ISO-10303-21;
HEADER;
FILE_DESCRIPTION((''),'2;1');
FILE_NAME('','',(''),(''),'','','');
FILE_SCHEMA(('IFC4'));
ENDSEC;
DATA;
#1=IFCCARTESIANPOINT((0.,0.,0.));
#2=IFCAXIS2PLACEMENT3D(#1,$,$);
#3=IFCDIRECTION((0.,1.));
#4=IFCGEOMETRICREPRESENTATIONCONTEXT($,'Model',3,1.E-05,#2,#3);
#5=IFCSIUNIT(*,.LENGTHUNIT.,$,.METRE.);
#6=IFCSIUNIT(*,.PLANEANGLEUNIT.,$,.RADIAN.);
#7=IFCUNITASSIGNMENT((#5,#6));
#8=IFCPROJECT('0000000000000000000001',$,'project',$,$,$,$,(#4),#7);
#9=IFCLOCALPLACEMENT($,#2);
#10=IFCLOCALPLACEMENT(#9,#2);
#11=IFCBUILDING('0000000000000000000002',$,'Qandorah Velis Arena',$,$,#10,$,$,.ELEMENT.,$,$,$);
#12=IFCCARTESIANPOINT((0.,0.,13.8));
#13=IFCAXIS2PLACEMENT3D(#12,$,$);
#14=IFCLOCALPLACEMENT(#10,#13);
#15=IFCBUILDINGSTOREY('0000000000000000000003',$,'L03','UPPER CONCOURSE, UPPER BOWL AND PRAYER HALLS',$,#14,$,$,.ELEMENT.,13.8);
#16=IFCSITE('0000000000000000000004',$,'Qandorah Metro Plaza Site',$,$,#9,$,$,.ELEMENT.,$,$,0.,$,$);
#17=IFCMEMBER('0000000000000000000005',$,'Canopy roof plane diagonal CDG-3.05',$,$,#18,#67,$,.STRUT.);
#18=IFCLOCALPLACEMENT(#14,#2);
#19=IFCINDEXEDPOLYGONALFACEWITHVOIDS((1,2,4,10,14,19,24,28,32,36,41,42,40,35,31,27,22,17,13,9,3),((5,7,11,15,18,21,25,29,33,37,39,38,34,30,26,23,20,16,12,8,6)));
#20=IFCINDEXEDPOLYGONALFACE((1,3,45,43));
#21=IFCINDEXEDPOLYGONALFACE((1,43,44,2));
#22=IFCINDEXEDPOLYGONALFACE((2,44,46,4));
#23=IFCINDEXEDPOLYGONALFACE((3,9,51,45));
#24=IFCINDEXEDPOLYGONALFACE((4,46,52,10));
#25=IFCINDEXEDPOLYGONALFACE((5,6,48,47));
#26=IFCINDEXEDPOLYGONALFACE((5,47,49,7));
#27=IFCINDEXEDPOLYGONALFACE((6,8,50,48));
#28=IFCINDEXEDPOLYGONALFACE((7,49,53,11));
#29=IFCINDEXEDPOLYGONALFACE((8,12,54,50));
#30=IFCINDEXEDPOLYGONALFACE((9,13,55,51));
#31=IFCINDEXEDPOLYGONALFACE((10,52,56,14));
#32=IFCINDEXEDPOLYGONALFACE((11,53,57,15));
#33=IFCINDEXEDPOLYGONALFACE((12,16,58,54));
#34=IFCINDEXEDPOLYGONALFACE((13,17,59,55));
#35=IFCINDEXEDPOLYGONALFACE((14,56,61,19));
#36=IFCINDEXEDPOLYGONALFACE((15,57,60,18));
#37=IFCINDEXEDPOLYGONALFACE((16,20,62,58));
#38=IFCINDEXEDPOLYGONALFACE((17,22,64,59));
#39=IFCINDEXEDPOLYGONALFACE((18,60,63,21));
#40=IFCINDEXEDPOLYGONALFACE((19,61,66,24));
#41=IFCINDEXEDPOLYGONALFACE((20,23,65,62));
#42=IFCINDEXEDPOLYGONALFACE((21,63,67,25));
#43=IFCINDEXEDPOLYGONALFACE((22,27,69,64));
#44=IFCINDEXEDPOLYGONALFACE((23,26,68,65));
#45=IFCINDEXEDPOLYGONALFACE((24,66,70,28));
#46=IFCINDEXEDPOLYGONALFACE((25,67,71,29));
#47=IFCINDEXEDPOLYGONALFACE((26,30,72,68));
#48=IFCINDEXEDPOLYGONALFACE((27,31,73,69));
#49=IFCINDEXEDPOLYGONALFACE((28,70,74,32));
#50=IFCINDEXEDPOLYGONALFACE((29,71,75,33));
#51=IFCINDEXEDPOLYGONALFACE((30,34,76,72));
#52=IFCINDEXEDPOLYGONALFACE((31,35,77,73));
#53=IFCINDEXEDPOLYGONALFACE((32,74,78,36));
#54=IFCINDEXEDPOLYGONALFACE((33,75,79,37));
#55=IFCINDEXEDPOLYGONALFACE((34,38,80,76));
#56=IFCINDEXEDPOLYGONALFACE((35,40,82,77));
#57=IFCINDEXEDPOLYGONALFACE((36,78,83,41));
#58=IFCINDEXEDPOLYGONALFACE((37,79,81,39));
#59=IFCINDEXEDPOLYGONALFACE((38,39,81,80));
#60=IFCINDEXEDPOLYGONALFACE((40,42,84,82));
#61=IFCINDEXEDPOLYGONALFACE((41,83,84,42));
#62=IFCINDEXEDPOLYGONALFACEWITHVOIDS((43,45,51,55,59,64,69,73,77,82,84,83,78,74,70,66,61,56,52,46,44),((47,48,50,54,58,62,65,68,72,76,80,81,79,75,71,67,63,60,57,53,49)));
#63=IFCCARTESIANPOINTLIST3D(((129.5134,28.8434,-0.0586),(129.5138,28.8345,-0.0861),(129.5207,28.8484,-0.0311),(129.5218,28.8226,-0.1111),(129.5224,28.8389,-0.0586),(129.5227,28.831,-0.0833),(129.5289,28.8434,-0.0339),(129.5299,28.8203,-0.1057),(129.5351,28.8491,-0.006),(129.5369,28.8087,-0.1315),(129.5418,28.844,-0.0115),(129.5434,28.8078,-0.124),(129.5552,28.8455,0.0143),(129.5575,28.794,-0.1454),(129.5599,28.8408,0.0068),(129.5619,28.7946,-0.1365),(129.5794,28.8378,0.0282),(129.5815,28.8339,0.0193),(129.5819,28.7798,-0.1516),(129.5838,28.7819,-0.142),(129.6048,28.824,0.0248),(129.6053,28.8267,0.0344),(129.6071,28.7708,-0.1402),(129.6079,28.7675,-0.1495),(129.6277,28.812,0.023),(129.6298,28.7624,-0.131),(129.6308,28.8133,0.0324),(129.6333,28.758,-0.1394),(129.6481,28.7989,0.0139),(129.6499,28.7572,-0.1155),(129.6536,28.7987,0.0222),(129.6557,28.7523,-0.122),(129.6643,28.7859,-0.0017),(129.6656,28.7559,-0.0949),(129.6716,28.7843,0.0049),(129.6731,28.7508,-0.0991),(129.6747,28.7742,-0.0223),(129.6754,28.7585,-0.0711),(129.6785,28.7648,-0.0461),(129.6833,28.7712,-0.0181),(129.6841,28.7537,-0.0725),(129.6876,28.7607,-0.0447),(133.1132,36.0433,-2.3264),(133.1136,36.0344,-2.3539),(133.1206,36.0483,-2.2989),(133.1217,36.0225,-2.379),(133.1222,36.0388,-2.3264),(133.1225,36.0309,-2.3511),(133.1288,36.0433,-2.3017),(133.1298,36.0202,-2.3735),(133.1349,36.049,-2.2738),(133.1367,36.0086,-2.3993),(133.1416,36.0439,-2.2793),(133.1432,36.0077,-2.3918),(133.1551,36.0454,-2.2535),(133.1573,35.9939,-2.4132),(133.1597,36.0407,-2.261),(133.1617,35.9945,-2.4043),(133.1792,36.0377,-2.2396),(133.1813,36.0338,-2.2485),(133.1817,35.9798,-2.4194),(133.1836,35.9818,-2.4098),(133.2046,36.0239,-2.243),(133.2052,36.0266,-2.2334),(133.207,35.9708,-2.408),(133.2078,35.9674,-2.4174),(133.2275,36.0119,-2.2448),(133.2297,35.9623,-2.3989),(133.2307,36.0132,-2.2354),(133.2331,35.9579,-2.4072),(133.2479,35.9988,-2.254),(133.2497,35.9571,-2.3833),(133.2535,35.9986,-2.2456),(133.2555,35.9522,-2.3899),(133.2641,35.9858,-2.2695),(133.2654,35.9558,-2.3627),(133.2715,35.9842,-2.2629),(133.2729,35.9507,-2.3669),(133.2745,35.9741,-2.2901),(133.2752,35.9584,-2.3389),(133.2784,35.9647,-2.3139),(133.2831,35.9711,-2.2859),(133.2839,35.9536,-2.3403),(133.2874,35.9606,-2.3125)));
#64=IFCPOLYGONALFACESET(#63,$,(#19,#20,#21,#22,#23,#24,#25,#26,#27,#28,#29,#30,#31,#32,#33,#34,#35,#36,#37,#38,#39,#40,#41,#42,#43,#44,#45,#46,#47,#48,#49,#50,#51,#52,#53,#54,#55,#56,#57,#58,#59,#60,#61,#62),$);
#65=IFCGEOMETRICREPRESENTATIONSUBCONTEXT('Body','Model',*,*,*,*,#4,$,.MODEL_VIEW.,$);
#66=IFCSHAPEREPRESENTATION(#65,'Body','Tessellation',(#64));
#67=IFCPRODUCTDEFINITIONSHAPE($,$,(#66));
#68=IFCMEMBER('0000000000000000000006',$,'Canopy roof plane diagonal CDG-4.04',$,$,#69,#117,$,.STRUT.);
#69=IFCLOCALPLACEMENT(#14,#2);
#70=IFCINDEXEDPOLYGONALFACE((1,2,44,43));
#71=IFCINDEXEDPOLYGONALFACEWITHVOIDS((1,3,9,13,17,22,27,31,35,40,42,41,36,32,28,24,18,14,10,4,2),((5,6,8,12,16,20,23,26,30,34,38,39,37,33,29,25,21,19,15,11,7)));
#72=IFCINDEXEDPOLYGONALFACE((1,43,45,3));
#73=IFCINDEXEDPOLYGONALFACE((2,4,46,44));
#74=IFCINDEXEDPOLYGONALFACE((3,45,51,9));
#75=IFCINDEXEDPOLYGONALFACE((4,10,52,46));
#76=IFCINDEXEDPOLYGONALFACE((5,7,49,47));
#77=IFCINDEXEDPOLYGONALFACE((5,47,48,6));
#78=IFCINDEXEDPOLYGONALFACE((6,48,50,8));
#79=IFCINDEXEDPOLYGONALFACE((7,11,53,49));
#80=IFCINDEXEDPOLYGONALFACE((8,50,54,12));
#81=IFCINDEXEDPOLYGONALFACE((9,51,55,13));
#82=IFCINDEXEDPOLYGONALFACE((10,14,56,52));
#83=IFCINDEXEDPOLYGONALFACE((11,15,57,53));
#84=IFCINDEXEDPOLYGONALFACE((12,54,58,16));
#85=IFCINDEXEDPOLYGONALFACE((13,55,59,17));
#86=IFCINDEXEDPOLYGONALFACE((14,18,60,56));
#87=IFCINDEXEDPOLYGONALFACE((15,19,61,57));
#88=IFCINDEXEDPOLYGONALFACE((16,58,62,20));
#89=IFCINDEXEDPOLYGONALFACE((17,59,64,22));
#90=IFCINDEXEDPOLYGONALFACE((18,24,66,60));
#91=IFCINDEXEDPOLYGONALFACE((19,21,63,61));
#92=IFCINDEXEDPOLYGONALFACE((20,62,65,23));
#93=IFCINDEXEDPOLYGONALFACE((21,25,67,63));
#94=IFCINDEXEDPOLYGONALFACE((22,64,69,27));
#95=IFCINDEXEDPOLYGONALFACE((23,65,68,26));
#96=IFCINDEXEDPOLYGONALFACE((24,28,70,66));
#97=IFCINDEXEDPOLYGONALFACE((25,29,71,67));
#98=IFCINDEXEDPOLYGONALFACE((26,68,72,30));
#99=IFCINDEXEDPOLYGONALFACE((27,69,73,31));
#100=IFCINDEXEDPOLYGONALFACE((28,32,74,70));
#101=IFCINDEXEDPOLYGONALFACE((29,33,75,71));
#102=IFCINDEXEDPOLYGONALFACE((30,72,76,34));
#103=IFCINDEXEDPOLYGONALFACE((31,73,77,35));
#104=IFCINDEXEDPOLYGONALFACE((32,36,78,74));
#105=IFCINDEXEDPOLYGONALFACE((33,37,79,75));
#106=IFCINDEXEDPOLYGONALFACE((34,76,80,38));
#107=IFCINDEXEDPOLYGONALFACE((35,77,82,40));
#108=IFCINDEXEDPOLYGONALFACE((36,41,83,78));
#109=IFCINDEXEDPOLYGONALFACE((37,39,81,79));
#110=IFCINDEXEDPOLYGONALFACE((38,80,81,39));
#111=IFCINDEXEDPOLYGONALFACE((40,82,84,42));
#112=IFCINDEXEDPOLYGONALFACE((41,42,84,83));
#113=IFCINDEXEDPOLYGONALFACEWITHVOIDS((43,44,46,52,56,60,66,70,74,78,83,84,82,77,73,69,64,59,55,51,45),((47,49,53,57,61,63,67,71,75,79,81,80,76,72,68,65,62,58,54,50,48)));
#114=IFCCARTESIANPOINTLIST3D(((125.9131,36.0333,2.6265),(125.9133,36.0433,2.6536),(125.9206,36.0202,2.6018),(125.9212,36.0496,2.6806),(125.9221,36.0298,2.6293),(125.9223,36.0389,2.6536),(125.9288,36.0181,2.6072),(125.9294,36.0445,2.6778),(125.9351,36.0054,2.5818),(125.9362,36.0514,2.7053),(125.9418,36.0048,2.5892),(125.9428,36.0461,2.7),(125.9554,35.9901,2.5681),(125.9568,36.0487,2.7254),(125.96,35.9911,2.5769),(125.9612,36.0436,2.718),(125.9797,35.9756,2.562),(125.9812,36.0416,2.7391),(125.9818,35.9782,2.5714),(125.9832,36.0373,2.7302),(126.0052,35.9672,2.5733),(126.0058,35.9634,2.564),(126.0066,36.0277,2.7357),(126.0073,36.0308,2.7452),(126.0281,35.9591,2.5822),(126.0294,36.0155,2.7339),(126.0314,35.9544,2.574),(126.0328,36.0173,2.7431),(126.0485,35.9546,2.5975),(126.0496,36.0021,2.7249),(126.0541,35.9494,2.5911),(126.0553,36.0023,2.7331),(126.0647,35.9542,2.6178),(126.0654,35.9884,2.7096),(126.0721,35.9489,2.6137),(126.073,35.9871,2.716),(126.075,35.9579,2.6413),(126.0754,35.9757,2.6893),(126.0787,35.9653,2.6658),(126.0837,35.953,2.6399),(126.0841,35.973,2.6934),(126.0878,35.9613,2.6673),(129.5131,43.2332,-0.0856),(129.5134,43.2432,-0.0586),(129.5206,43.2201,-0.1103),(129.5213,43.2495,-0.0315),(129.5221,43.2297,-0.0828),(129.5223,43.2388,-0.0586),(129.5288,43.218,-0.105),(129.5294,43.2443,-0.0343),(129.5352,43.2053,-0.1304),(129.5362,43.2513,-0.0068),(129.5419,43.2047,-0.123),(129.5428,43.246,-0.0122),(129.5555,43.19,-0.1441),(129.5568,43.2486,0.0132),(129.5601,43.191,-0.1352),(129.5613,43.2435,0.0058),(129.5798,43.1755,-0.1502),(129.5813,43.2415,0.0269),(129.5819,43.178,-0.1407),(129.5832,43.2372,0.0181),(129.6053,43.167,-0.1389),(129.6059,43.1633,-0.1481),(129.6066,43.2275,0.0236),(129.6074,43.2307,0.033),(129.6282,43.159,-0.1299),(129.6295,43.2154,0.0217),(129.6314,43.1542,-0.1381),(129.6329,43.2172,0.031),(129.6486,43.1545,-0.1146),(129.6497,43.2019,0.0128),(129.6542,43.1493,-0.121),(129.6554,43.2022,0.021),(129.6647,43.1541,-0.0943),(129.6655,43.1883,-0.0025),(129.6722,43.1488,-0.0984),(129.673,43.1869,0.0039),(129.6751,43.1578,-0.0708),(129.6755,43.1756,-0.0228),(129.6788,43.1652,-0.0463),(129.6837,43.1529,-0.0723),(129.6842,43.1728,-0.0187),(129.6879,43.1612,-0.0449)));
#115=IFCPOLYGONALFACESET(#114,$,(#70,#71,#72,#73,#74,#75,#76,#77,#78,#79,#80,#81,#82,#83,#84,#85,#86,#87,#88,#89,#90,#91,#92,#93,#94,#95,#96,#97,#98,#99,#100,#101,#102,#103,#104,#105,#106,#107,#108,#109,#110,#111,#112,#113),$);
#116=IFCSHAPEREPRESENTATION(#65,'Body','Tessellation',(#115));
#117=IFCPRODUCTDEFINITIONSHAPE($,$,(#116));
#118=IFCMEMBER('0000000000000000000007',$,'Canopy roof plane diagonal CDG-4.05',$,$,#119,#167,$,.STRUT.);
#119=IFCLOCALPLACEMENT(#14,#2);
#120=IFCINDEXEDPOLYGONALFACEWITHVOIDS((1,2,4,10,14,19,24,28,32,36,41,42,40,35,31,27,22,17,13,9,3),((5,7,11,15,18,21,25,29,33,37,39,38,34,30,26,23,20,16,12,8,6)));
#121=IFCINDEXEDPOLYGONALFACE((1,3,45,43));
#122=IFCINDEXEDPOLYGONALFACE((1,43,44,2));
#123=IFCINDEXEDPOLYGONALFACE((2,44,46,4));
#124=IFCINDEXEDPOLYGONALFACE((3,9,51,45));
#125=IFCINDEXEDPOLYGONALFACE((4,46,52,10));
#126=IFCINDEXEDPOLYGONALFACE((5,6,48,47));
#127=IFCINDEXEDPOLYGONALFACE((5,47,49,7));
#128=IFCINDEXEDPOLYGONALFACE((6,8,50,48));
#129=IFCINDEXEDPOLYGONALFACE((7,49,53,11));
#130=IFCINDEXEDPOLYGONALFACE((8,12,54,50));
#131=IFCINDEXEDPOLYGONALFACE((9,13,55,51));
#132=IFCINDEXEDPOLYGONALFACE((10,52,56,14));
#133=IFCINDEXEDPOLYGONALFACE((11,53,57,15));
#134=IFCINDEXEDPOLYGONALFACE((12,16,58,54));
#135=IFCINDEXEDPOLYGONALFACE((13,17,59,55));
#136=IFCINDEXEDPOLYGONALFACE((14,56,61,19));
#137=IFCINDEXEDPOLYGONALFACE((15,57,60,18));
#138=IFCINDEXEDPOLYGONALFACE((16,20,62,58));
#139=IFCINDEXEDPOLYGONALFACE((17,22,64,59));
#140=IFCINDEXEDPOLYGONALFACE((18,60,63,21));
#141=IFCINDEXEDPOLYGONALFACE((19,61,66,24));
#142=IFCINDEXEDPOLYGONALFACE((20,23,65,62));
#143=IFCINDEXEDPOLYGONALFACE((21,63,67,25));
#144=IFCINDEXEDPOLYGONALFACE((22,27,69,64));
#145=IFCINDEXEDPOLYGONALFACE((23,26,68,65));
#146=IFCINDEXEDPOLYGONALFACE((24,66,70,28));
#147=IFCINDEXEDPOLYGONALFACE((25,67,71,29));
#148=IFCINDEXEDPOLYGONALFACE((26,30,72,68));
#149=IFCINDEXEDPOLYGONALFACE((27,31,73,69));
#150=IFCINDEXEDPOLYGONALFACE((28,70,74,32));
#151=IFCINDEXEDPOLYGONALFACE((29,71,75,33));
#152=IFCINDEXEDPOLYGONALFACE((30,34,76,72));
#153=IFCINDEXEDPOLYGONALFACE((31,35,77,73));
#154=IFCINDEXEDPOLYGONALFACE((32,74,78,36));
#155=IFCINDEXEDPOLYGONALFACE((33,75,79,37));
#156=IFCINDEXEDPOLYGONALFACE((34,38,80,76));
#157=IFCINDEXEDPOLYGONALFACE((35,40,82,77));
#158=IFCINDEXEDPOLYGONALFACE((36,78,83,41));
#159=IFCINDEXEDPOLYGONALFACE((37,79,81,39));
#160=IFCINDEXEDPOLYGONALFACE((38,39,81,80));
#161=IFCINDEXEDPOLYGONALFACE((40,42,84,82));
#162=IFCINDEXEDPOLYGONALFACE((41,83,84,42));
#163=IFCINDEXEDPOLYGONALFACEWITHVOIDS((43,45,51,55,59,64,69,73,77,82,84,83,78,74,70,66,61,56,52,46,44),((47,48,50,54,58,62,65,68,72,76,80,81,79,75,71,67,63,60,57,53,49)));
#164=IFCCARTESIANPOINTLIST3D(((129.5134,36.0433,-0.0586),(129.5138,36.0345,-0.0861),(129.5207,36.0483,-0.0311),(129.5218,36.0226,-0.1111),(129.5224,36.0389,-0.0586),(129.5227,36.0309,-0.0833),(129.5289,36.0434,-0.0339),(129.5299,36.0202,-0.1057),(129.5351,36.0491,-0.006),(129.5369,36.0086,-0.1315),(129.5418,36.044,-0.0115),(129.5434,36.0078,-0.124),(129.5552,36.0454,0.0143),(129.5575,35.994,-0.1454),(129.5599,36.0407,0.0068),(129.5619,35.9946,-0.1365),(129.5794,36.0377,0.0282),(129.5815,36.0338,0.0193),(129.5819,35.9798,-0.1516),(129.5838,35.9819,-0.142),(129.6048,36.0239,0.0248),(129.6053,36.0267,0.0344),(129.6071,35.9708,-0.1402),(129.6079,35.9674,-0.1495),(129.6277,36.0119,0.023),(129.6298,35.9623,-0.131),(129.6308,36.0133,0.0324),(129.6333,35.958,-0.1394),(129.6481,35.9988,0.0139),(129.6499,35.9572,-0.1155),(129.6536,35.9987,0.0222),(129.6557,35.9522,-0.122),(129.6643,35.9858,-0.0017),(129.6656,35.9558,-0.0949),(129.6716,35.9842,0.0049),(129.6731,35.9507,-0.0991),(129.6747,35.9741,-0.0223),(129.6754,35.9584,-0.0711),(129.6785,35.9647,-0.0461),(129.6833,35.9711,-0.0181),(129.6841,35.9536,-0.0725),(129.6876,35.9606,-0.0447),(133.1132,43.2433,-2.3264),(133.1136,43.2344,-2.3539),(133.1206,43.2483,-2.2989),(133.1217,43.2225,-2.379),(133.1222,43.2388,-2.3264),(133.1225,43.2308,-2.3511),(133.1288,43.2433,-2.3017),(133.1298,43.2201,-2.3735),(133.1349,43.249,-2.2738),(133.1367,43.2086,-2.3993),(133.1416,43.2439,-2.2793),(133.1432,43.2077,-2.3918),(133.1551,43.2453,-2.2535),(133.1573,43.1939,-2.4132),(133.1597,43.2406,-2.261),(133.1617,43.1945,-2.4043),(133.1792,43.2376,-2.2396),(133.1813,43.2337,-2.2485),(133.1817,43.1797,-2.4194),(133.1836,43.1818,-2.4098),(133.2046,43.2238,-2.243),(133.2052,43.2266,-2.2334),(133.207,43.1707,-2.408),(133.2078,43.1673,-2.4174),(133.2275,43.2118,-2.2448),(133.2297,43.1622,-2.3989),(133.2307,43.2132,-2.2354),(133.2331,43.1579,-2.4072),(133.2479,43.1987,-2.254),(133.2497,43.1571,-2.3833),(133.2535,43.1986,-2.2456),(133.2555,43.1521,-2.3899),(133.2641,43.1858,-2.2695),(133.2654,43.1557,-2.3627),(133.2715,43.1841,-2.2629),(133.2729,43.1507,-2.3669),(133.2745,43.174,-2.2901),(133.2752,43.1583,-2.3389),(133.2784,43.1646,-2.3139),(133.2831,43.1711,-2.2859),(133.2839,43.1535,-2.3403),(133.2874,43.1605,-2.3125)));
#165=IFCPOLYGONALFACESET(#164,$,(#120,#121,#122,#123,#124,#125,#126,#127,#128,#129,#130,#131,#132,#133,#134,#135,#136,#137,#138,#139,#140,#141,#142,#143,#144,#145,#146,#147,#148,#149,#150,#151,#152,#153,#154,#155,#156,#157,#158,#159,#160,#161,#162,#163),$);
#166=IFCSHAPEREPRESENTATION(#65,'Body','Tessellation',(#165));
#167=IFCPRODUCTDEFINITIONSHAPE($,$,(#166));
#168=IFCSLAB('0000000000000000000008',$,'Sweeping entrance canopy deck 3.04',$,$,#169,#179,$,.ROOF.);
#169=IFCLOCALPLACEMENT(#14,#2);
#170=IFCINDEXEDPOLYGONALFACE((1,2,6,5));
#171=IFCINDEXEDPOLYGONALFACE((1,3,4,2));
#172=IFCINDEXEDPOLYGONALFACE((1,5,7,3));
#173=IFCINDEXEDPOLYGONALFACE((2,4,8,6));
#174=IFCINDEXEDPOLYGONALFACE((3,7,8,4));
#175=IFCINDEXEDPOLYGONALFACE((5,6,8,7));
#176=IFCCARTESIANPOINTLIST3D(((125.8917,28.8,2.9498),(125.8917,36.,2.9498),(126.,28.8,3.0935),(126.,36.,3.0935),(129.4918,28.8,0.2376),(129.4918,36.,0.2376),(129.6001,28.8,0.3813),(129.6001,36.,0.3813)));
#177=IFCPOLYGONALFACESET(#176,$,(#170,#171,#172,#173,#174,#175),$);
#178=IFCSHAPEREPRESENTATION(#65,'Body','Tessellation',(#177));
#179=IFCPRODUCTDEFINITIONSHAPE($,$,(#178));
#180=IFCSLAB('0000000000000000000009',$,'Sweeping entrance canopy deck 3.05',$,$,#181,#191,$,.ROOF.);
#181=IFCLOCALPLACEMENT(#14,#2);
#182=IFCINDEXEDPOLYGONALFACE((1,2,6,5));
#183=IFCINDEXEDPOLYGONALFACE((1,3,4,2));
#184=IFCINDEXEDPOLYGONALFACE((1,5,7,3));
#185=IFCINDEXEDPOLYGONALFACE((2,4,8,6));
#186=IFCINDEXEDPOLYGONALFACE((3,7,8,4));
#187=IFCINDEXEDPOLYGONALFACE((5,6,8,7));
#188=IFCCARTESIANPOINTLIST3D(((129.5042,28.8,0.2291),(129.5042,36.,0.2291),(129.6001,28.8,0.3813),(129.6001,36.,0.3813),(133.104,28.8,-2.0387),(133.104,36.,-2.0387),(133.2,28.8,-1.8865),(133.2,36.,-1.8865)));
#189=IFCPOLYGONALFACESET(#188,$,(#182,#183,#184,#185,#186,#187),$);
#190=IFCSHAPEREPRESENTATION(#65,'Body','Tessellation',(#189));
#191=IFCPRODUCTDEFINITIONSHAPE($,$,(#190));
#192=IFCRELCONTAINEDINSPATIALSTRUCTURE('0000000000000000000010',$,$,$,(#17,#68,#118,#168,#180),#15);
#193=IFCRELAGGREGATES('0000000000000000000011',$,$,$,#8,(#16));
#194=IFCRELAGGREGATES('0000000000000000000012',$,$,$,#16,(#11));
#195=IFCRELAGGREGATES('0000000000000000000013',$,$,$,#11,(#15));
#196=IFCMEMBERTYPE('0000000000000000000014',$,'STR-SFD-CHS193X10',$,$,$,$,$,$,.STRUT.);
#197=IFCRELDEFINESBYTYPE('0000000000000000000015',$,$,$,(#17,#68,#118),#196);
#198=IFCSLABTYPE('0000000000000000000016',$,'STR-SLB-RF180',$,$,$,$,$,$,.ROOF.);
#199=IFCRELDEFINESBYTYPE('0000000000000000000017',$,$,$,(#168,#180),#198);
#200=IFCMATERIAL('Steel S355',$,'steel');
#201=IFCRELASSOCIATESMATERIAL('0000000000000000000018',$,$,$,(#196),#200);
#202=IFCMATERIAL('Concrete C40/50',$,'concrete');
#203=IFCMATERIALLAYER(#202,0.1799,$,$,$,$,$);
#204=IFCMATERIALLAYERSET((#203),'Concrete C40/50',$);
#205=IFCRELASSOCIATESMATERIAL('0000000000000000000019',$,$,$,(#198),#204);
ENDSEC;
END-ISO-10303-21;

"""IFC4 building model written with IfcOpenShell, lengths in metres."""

from ifc_helpers import new_model, si_unit, direction, frame, origin, origin_2d, place, context, subcontext, project, spatial, polyline, hollow_circle, outline, extrude, material, layer, layer_set, material_profile, profile_set, type_object, element, save


model = new_model("IFC4")

# Units and contexts
model_context = context("Model", 3, precision=1e-05, world=origin(), true_north=direction((0.0, 1.0)))
body_context = subcontext(model_context, "Body", "Model", "MODEL_VIEW")
ifc_project = project(units=[si_unit("LENGTHUNIT", "METRE"), si_unit("PLANEANGLEUNIT", "RADIAN")], contexts=[model_context])

# Site, building, storey
site_placement = place(None, origin())
site = spatial("IfcSite", under=ifc_project, at=site_placement, Name="Qandorah Metro Plaza Site", CompositionType="ELEMENT", RefElevation=0.0)
building_placement = place(site_placement, origin())
building = spatial("IfcBuilding", under=site, at=building_placement, Name="Qandorah Velis Arena", CompositionType="ELEMENT")
storey_placement = place(building_placement, frame((0.0, 0.0, 13.8)))
storey = spatial("IfcBuildingStorey", under=building, at=storey_placement, Name="L03", Description="UPPER CONCOURSE, UPPER BOWL AND PRAYER HALLS", CompositionType="ELEMENT", Elevation=13.8)

# Shared definitions
ifc_material_1 = material(Name="Concrete C40/50", Category="concrete")

# Shared definitions
ifc_material_2 = material(Name="Steel S355", Category="steel")

# Members
ifc_material_profile_1 = material_profile(ifc_material_2, hollow_circle(Radius=0.0969, WallThickness=0.01, at=origin_2d()), Name="CHS 193.7x10")
ifc_profile_set_1 = profile_set([ifc_material_profile_1], Name="Steel S355")
member_type_1 = type_object("IfcMemberType", Name="STR-SFD-CHS193X10", PredefinedType="STRUT", material=ifc_profile_set_1)
member_1_placement = place(storey_placement, frame((129.6001, 28.8, -0.0586), z_axis=(0.430445, 0.86092, -0.27117), x_axis=(-0.894433, 0.447201, 0.0)))
element("IfcMember", 1, at=member_1_placement, inside=storey, type_object=member_type_1, Name="Canopy roof plane diagonal CDG-3.05", PredefinedType="STRUT", context=body_context, shape_type="SweptSolid", body=[
    extrude(hollow_circle(Radius=0.0969, WallThickness=0.01, at=origin_2d()), origin(), (0.0, 0.0, 1.0), 8.363),
])
member_2_placement = place(storey_placement, frame((126.0, 36.0, 2.6536), z_axis=(0.423817, 0.847606, -0.319286), x_axis=(-0.894421, 0.447226, 0.0)))
element("IfcMember", 2, at=member_2_placement, inside=storey, type_object=member_type_1, Name="Canopy roof plane diagonal CDG-4.04", PredefinedType="STRUT", context=body_context, shape_type="SweptSolid", body=[
    extrude(hollow_circle(Radius=0.0969, WallThickness=0.01, at=origin_2d()), origin(), (0.0, 0.0, 1.0), 8.4944),
])
member_3_placement = place(storey_placement, frame((129.6001, 36.0, -0.0586), z_axis=(0.430445, 0.86092, -0.27117), x_axis=(-0.894433, 0.447201, 0.0)))
element("IfcMember", 3, at=member_3_placement, inside=storey, type_object=member_type_1, Name="Canopy roof plane diagonal CDG-4.05", PredefinedType="STRUT", context=body_context, shape_type="SweptSolid", body=[
    extrude(hollow_circle(Radius=0.0969, WallThickness=0.01, at=origin_2d()), origin(), (0.0, 0.0, 1.0), 8.363),
])

# Slabs
ifc_layer_1 = layer(ifc_material_1, 0.1799)
ifc_layer_set_1 = layer_set([ifc_layer_1], Name="Concrete C40/50")
slab_type = type_object("IfcSlabType", Name="STR-SLB-RF180", PredefinedType="ROOF", material=ifc_layer_set_1)
slab_1_placement = place(storey_placement, frame((126.0, 28.8, 3.0935), z_axis=(0.601715, 0.0, 0.798711), x_axis=(0.798711, 0.0, -0.601715)))
element("IfcSlab", 4, at=slab_1_placement, inside=storey, type_object=slab_type, Name="Sweeping entrance canopy deck 3.04", PredefinedType="ROOF", context=body_context, shape_type="SweptSolid", body=[
    extrude(outline(polyline([(0.0, 0.0), (4.5074, 0.0), (4.5074, 7.2), (0.0, 7.2), (0.0, 0.0)])), origin(), (0.0, 0.0, -1.0), 0.1799),
])
slab_2_placement = place(storey_placement, frame((129.6001, 28.8, 0.3813), z_axis=(0.533023, 0.0, 0.846101), x_axis=(0.846101, 0.0, -0.533023)))
element("IfcSlab", 5, at=slab_2_placement, inside=storey, type_object=slab_type, Name="Sweeping entrance canopy deck 3.05", PredefinedType="ROOF", context=body_context, shape_type="SweptSolid", body=[
    extrude(outline(polyline([(0.0, 0.0), (4.2546, 0.0), (4.2546, 7.2), (0.0, 7.2), (0.0, 0.0)])), origin(), (0.0, 0.0, -1.0), 0.1799),
])

save(model, "model.ifc")
